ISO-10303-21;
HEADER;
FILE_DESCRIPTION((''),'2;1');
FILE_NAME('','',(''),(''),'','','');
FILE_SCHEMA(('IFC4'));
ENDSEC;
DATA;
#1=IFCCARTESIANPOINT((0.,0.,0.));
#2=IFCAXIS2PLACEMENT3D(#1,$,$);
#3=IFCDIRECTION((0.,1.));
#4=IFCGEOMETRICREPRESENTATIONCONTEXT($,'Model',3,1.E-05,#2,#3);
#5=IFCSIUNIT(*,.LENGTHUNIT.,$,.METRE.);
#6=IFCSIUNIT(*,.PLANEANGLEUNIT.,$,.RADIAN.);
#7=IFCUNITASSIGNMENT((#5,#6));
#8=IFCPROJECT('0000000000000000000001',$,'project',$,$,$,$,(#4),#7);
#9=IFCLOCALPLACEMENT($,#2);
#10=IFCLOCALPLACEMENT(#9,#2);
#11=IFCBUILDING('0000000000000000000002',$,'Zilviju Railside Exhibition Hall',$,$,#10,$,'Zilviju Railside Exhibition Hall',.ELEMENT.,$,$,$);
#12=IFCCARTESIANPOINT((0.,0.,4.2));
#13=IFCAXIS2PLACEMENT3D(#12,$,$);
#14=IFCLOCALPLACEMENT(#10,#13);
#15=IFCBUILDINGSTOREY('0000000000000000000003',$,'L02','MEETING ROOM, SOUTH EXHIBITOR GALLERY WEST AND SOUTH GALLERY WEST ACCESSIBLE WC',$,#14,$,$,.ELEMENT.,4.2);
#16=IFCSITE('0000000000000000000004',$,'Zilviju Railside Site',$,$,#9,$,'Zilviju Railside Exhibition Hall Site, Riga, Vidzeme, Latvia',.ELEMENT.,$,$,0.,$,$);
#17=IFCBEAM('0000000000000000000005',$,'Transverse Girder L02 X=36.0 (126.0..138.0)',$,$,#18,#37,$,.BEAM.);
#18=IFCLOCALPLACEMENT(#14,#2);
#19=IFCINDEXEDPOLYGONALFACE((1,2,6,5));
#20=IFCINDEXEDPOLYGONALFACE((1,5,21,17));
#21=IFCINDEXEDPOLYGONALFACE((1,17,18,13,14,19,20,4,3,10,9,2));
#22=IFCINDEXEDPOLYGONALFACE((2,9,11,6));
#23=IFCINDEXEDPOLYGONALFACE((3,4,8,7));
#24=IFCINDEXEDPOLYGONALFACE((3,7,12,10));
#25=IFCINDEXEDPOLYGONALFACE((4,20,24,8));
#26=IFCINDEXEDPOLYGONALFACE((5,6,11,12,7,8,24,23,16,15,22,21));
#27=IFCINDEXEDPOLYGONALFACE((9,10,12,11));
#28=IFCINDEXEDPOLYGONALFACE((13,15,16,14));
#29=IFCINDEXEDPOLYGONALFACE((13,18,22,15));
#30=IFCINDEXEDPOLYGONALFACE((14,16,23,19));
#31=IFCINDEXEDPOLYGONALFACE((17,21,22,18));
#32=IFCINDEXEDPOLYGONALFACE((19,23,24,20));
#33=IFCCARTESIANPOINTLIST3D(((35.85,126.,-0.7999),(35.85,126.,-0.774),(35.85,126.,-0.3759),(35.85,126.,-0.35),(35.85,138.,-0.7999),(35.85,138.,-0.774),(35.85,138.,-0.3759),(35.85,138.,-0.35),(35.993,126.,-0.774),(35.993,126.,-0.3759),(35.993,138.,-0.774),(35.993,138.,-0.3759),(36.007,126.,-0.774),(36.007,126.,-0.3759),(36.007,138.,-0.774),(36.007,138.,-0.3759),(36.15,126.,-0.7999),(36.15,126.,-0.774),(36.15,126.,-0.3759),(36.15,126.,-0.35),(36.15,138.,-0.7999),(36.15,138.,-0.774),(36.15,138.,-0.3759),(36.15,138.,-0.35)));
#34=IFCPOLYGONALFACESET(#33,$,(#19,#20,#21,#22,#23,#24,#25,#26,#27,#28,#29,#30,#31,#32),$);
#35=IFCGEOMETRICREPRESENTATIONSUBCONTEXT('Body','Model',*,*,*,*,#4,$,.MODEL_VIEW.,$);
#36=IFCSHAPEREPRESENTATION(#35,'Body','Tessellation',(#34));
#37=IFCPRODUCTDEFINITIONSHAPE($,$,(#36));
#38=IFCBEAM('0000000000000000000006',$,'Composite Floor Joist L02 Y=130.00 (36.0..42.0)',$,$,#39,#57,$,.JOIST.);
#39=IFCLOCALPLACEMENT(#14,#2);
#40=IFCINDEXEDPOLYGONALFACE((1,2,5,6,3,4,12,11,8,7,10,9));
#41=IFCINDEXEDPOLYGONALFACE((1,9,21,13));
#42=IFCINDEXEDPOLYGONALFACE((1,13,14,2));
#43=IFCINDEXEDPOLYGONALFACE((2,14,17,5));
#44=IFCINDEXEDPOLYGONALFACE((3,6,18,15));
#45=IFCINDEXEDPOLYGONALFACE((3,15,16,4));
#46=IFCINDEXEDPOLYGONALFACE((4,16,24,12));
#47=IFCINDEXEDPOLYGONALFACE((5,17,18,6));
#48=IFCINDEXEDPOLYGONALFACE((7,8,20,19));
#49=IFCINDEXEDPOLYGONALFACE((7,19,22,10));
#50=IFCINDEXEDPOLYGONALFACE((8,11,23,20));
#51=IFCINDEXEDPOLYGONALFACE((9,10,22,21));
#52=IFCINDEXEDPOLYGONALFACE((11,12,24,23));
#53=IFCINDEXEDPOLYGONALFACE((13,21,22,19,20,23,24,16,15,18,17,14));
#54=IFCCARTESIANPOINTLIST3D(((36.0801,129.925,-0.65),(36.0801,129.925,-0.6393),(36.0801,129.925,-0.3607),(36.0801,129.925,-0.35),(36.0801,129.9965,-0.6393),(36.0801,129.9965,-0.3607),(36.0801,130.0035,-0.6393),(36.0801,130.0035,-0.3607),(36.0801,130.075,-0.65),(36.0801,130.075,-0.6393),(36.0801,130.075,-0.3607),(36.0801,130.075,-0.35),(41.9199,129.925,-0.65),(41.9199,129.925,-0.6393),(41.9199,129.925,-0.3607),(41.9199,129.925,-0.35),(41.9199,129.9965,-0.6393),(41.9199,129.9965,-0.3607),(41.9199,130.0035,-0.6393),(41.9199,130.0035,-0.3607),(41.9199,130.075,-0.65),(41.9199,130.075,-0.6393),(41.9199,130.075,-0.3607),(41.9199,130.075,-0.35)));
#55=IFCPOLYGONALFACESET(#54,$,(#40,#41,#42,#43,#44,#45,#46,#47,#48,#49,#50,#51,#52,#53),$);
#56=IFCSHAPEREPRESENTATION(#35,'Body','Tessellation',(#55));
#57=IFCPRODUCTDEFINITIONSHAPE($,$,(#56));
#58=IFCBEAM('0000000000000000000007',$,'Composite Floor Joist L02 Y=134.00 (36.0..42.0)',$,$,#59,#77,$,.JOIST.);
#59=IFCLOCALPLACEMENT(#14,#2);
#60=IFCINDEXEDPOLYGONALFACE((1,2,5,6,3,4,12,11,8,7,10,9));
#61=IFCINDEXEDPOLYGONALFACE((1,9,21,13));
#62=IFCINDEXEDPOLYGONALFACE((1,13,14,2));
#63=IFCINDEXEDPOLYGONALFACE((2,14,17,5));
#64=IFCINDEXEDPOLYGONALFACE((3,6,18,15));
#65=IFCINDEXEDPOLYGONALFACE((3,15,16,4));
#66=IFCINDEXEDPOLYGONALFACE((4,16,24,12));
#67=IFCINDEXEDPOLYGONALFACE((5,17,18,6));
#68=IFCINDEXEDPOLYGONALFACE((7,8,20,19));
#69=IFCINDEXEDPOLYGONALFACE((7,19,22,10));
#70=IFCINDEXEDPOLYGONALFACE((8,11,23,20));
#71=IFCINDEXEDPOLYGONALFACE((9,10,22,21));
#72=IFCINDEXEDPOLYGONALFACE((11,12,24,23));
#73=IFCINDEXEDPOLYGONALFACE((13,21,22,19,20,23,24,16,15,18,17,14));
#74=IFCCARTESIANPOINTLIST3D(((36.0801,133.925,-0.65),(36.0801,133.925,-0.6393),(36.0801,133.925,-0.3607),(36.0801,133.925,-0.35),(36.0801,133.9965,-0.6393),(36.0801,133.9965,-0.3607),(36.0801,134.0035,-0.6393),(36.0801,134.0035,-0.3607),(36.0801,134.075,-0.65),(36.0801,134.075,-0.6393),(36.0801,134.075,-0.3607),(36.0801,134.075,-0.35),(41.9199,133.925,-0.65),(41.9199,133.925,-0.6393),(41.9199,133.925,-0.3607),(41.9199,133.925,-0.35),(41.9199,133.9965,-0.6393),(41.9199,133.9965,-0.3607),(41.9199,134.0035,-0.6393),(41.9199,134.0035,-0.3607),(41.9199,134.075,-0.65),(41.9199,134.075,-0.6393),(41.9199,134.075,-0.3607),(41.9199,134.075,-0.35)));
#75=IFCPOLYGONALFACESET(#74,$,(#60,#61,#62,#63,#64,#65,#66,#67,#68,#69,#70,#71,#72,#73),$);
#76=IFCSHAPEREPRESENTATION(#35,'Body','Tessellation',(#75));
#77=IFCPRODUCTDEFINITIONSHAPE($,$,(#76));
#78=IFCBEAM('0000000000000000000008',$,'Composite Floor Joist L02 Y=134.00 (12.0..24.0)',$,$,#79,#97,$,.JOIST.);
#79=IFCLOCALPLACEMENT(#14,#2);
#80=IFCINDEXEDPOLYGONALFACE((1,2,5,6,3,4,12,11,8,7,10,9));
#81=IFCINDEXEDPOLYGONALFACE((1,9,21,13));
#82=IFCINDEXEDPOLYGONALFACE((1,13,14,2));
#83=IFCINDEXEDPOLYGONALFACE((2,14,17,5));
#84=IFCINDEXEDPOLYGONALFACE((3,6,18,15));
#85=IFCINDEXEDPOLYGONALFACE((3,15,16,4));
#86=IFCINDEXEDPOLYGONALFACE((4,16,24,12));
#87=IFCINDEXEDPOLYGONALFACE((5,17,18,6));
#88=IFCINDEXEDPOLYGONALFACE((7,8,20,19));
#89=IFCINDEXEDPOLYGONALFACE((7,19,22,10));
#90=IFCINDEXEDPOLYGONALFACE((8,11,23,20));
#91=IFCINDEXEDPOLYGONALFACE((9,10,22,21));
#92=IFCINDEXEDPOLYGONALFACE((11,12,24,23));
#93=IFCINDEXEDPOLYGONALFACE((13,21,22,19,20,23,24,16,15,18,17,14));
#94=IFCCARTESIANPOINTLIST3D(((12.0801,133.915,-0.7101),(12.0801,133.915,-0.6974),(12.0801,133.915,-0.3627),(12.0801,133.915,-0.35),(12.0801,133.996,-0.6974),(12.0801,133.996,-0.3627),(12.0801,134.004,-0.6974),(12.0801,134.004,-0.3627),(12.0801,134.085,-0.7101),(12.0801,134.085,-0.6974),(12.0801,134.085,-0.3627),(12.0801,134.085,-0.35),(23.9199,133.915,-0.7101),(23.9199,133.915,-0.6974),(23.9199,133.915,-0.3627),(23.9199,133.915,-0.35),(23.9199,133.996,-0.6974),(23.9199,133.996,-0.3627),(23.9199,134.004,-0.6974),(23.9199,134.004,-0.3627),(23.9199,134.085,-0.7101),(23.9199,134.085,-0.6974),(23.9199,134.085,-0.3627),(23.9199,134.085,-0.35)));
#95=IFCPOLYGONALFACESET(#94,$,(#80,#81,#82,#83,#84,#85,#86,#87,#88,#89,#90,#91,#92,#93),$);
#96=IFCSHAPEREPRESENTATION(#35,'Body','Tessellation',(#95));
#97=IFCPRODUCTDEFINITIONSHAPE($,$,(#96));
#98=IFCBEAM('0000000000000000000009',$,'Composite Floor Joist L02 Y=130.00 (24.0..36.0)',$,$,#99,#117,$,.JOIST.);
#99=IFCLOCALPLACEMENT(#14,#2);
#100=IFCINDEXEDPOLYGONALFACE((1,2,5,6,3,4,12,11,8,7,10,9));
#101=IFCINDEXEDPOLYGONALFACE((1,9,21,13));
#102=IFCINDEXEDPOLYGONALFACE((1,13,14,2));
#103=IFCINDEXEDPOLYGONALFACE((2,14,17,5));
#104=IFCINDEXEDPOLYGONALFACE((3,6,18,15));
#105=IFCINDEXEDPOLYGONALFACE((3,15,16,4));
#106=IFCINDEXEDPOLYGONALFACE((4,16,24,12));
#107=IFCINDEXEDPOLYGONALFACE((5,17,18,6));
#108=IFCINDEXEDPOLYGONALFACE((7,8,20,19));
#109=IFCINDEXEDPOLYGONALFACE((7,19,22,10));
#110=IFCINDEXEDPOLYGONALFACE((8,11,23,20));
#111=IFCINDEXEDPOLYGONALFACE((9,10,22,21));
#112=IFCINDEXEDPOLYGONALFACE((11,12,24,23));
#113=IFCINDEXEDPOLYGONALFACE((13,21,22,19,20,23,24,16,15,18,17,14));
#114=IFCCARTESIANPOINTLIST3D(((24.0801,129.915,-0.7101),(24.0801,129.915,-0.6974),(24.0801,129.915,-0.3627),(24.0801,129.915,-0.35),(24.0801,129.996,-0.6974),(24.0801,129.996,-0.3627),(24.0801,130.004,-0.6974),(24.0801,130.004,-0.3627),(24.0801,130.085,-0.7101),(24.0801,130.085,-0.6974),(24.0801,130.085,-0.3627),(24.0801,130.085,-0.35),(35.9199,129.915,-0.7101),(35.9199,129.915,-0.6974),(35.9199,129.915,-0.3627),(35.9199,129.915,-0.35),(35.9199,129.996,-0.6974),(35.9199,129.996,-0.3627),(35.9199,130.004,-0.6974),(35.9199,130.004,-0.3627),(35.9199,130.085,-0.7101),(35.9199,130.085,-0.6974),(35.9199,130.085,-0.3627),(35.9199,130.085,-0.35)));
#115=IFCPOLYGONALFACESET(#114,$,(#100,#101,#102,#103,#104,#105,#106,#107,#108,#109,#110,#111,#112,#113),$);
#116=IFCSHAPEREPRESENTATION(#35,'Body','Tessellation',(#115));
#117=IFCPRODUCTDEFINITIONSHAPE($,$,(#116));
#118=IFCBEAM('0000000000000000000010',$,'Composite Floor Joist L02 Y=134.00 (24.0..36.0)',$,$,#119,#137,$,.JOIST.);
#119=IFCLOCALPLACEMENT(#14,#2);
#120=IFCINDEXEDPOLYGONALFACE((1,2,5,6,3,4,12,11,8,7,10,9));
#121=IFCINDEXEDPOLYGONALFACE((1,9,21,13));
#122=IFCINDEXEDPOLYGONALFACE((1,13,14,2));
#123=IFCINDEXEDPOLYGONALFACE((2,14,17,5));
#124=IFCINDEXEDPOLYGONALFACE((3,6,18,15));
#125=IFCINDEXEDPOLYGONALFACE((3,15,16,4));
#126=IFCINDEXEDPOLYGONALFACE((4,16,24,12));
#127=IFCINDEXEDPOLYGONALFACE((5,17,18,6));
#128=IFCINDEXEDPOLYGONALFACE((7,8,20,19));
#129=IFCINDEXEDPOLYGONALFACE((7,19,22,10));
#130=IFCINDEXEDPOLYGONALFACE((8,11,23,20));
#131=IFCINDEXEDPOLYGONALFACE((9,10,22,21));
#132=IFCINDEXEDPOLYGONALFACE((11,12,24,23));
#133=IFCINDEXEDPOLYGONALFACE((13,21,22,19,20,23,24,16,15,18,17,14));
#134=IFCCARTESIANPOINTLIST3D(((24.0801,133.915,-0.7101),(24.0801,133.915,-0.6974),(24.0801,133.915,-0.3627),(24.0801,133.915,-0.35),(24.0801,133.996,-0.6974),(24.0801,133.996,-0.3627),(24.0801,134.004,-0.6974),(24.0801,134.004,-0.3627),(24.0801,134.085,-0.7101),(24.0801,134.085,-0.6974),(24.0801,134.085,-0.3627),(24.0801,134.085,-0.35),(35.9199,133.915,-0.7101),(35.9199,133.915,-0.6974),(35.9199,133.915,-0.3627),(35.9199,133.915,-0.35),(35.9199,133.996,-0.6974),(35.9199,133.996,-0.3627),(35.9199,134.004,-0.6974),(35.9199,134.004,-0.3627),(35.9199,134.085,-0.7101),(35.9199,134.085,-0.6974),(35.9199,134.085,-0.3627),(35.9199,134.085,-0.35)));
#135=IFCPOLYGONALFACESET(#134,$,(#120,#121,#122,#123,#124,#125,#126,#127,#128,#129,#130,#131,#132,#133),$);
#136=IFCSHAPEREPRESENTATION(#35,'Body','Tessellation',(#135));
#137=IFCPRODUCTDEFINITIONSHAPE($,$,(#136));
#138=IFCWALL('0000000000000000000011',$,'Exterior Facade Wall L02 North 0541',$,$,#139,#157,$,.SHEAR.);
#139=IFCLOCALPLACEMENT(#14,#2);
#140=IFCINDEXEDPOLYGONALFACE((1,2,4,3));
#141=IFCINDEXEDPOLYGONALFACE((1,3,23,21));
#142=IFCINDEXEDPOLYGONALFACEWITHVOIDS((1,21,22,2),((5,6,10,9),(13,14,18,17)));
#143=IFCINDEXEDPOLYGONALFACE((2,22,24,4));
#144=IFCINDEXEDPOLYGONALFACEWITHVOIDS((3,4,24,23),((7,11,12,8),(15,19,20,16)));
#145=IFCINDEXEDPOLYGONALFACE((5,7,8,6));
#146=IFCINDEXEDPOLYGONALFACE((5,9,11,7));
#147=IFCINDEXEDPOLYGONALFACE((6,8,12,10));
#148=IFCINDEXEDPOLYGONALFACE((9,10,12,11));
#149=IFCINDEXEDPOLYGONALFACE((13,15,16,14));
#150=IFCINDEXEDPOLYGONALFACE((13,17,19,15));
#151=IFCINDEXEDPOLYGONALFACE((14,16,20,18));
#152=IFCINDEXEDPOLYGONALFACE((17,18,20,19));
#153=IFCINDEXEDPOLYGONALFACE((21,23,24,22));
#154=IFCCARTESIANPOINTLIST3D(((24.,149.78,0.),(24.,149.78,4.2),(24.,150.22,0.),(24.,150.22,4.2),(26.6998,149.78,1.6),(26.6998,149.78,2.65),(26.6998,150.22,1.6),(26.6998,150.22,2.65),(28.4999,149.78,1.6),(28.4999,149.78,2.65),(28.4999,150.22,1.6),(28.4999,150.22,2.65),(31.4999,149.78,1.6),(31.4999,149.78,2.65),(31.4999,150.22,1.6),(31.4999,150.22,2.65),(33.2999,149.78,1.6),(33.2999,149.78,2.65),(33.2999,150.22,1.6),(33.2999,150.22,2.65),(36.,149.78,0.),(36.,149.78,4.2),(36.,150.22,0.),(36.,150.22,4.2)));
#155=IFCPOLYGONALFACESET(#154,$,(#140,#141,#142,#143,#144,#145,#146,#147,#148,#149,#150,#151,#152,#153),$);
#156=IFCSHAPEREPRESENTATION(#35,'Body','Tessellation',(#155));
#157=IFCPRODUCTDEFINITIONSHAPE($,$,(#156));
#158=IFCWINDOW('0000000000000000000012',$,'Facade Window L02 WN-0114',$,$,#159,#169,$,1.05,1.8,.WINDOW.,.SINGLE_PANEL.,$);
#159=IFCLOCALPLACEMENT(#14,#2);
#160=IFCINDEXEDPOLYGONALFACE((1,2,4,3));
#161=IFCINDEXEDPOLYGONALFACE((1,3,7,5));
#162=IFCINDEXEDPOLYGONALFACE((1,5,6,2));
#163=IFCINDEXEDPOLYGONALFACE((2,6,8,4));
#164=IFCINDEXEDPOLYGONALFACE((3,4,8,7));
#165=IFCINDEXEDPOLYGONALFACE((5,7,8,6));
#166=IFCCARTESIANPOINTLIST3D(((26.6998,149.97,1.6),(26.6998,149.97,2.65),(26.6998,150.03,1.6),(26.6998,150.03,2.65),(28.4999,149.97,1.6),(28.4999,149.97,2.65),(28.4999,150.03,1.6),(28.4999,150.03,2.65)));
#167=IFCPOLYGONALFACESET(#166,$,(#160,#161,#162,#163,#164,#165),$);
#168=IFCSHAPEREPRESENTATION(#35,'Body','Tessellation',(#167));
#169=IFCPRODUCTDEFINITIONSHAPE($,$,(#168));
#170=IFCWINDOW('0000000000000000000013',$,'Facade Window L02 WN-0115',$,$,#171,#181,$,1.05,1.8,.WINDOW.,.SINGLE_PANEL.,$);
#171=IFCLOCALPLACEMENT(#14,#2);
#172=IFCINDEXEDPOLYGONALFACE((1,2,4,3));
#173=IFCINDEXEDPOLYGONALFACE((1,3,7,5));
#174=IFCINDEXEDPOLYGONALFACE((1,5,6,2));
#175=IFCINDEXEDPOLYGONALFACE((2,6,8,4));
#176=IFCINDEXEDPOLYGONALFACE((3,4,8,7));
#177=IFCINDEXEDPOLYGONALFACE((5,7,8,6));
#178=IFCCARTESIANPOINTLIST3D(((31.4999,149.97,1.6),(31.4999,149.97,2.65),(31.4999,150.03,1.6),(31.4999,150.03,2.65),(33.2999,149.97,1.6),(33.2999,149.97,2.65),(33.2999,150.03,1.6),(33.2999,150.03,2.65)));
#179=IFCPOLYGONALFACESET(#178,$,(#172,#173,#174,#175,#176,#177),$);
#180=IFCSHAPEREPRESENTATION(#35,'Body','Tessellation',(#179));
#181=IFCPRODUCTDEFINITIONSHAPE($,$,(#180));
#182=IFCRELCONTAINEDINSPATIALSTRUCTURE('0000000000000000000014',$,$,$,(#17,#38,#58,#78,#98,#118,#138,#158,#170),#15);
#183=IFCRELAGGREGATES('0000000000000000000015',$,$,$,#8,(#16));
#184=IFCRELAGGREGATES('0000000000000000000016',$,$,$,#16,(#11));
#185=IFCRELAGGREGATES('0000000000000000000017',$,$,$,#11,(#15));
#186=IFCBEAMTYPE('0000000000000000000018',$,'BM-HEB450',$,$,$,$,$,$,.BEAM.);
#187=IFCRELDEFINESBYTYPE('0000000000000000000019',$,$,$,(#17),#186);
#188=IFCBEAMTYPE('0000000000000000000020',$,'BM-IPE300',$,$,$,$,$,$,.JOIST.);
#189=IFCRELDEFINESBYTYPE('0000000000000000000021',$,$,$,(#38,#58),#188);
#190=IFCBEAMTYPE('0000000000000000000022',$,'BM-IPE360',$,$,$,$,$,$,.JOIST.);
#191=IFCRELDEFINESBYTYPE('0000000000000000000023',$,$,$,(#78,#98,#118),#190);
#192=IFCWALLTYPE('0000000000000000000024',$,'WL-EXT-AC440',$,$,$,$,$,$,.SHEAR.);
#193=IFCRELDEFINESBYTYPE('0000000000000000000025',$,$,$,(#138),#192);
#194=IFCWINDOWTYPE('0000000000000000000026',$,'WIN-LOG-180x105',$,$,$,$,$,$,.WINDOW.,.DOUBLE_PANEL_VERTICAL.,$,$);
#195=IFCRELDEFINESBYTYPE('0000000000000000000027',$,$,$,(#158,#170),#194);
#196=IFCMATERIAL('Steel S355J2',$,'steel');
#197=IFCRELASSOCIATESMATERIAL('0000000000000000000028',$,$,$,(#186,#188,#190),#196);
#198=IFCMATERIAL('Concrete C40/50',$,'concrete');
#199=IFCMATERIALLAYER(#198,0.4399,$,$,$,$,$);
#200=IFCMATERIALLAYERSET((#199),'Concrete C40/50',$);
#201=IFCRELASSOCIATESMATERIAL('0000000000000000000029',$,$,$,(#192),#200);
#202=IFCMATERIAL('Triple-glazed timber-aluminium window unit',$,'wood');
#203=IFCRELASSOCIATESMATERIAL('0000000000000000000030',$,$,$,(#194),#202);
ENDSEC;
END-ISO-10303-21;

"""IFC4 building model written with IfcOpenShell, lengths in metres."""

from ifc_helpers import new_model, si_unit, direction, frame, frame_2d, origin, origin_2d, place, context, subcontext, project, spatial, rectangle, i_section, extrude, material, layer, layer_set, material_profile, profile_set, type_object, element, fill, save


model = new_model("IFC4")

# Units and contexts
model_context = context("Model", 3, precision=1e-05, world=origin(), true_north=direction((0.0, 1.0)))
body_context = subcontext(model_context, "Body", "Model", "MODEL_VIEW")
ifc_project = project(units=[si_unit("LENGTHUNIT", "METRE"), si_unit("PLANEANGLEUNIT", "RADIAN")], contexts=[model_context])

# Site, building, storey
site_placement = place(None, origin())
site = spatial("IfcSite", under=ifc_project, at=site_placement, Name="Zilviju Railside Site", LongName="Zilviju Railside Exhibition Hall Site, Riga, Vidzeme, Latvia", CompositionType="ELEMENT", RefElevation=0.0)
building_placement = place(site_placement, origin())
building = spatial("IfcBuilding", under=site, at=building_placement, Name="Zilviju Railside Exhibition Hall", LongName="Zilviju Railside Exhibition Hall", CompositionType="ELEMENT")
storey_placement = place(building_placement, frame((0.0, 0.0, 4.2)))
storey = spatial("IfcBuildingStorey", under=building, at=storey_placement, Name="L02", Description="MEETING ROOM, SOUTH EXHIBITOR GALLERY WEST AND SOUTH GALLERY WEST ACCESSIBLE WC", CompositionType="ELEMENT", Elevation=4.2)

# Shared definitions
ifc_material_1 = material(Name="Concrete C40/50", Category="concrete")

# Beams
ifc_material_2 = material(Name="Steel S355J2", Category="steel")
ifc_material_profile_1 = material_profile(ifc_material_2, i_section(OverallWidth=0.3, OverallDepth=0.45, WebThickness=0.0139, FlangeThickness=0.0259, at=origin_2d()), Name="HEB 450")
ifc_profile_set_1 = profile_set([ifc_material_profile_1], Name="Steel S355J2")
beam_type_1 = type_object("IfcBeamType", Name="BM-HEB450", PredefinedType="BEAM", material=ifc_profile_set_1)
beam_1_placement = place(storey_placement, frame((36.0, 126.0, -0.575), z_axis=(0.0, 1.0, 0.0), x_axis=(-1.0, 0.0, 0.0)))
element("IfcBeam", 1, at=beam_1_placement, inside=storey, type_object=beam_type_1, Name="Transverse Girder L02 X=36.0 (126.0..138.0)", PredefinedType="BEAM", context=body_context, shape_type="SweptSolid", body=[
    extrude(i_section(OverallWidth=0.3, OverallDepth=0.45, WebThickness=0.0139, FlangeThickness=0.0259, at=origin_2d()), origin(), (0.0, 0.0, 1.0), 12.0),
])
ifc_material_profile_2 = material_profile(ifc_material_2, i_section(OverallWidth=0.1499, OverallDepth=0.3, WebThickness=0.0071, FlangeThickness=0.0107, at=origin_2d()), Name="IPE 300")
ifc_profile_set_2 = profile_set([ifc_material_profile_2], Name="Steel S355J2")
beam_type_2 = type_object("IfcBeamType", Name="BM-IPE300", PredefinedType="JOIST", material=ifc_profile_set_2)
for number, where, z_axis, x_axis, name in (
    (2, (36.0801, 130.0, -0.5), (1.0, 0.0, 0.0), (0.0, 1.0, 0.0), "Composite Floor Joist L02 Y=130.00 (36.0..42.0)"),
    (3, (36.0801, 134.0, -0.5), (1.0, 0.0, 0.0), (0.0, 1.0, 0.0), "Composite Floor Joist L02 Y=134.00 (36.0..42.0)"),
):
    element("IfcBeam", number, at=place(storey_placement, frame(where, z_axis=z_axis, x_axis=x_axis)), inside=storey, type_object=beam_type_2, Name=name, PredefinedType="JOIST", context=body_context, shape_type="SweptSolid", body=[
        extrude(i_section(OverallWidth=0.1499, OverallDepth=0.3, WebThickness=0.0071, FlangeThickness=0.0107, at=origin_2d()), origin(), (0.0, 0.0, 1.0), 5.8398),
    ])
ifc_material_profile_3 = material_profile(ifc_material_2, i_section(OverallWidth=0.1699, OverallDepth=0.3601, WebThickness=0.0081, FlangeThickness=0.0127, at=origin_2d()), Name="IPE 360")
ifc_profile_set_3 = profile_set([ifc_material_profile_3], Name="Steel S355J2")
beam_type_3 = type_object("IfcBeamType", Name="BM-IPE360", PredefinedType="JOIST", material=ifc_profile_set_3)
for number, where, z_axis, x_axis, name in (
    (4, (12.0801, 134.0, -0.53), (1.0, 0.0, 0.0), (0.0, 1.0, 0.0), "Composite Floor Joist L02 Y=134.00 (12.0..24.0)"),
    (5, (24.0801, 130.0, -0.53), (1.0, 0.0, 0.0), (0.0, 1.0, 0.0), "Composite Floor Joist L02 Y=130.00 (24.0..36.0)"),
    (6, (24.0801, 134.0, -0.53), (1.0, 0.0, 0.0), (0.0, 1.0, 0.0), "Composite Floor Joist L02 Y=134.00 (24.0..36.0)"),
):
    element("IfcBeam", number, at=place(storey_placement, frame(where, z_axis=z_axis, x_axis=x_axis)), inside=storey, type_object=beam_type_3, Name=name, PredefinedType="JOIST", context=body_context, shape_type="SweptSolid", body=[
        extrude(i_section(OverallWidth=0.1699, OverallDepth=0.3601, WebThickness=0.0081, FlangeThickness=0.0127, at=origin_2d()), origin(), (0.0, 0.0, 1.0), 11.8398),
    ])

# Wall, openings, windows
ifc_layer_1 = layer(ifc_material_1, 0.4399)
ifc_layer_set_1 = layer_set([ifc_layer_1], Name="Concrete C40/50")
wall_type_1 = type_object("IfcWallType", Name="WL-EXT-AC440", PredefinedType="SHEAR", material=ifc_layer_set_1)
wall_1_placement = place(storey_placement, frame((24.0, 150.0, 0.0), z_axis=(0.0, 0.0, 1.0), x_axis=(1.0, 0.0, 0.0)))
wall_1 = element("IfcWall", 7, at=wall_1_placement, inside=storey, type_object=wall_type_1, Name="Exterior Facade Wall L02 North 0541", PredefinedType="SHEAR", context=body_context, shape_type="SweptSolid", body=[
    extrude(rectangle(XDim=12.0, YDim=0.4399, at=frame_2d((6.0, 0.0))), origin(), (0.0, 0.0, 1.0), 4.2),
])
opening_1_placement = place(wall_1_placement, frame((2.7, 0.0, 1.6001)))
opening_1 = element("IfcOpeningElement", 8, at=opening_1_placement, cuts=wall_1, PredefinedType="OPENING", context=body_context, shape_type="SweptSolid", body=[
    extrude(rectangle(XDim=1.8, YDim=1.05, at=frame_2d((0.8999, 0.5249))), frame((0.0, 0.23, 0.0), z_axis=(0.0, -1.0, 0.0), x_axis=(1.0, 0.0, 0.0)), (0.0, 0.0, 1.0), 0.46),
])
opening_2_placement = place(wall_1_placement, frame((7.5, 0.0, 1.6001)))
opening_2 = element("IfcOpeningElement", 9, at=opening_2_placement, cuts=wall_1, PredefinedType="OPENING", context=body_context, shape_type="SweptSolid", body=[
    extrude(rectangle(XDim=1.8, YDim=1.05, at=frame_2d((0.8999, 0.5249))), frame((0.0, 0.23, 0.0), z_axis=(0.0, -1.0, 0.0), x_axis=(1.0, 0.0, 0.0)), (0.0, 0.0, 1.0), 0.46),
])
ifc_material_3 = material(Name="Triple-glazed timber-aluminium window unit", Category="wood")
window_type = type_object("IfcWindowType", Name="WIN-LOG-180x105", PartitioningType="DOUBLE_PANEL_VERTICAL", PredefinedType="WINDOW", material=ifc_material_3)
window_1_placement = place(opening_1_placement, origin())
window_1 = element("IfcWindow", 10, at=window_1_placement, inside=storey, type_object=window_type, Name="Facade Window L02 WN-0114", OverallHeight=1.05, OverallWidth=1.8, PartitioningType="SINGLE_PANEL", PredefinedType="WINDOW", context=body_context, shape_type="SweptSolid", body=[
    extrude(rectangle(XDim=1.8, YDim=1.05, at=frame_2d((0.8999, 0.5249))), frame((0.0, 0.03, 0.0), z_axis=(0.0, -1.0, 0.0), x_axis=(1.0, 0.0, 0.0)), (0.0, 0.0, 1.0), 0.0601),
])
fill(opening_1, window_1)
window_2_placement = place(opening_2_placement, origin())
window_2 = element("IfcWindow", 11, at=window_2_placement, inside=storey, type_object=window_type, Name="Facade Window L02 WN-0115", OverallHeight=1.05, OverallWidth=1.8, PartitioningType="SINGLE_PANEL", PredefinedType="WINDOW", context=body_context, shape_type="SweptSolid", body=[
    extrude(rectangle(XDim=1.8, YDim=1.05, at=frame_2d((0.8999, 0.5249))), frame((0.0, 0.03, 0.0), z_axis=(0.0, -1.0, 0.0), x_axis=(1.0, 0.0, 0.0)), (0.0, 0.0, 1.0), 0.0601),
])
fill(opening_2, window_2)

save(model, "model.ifc")
